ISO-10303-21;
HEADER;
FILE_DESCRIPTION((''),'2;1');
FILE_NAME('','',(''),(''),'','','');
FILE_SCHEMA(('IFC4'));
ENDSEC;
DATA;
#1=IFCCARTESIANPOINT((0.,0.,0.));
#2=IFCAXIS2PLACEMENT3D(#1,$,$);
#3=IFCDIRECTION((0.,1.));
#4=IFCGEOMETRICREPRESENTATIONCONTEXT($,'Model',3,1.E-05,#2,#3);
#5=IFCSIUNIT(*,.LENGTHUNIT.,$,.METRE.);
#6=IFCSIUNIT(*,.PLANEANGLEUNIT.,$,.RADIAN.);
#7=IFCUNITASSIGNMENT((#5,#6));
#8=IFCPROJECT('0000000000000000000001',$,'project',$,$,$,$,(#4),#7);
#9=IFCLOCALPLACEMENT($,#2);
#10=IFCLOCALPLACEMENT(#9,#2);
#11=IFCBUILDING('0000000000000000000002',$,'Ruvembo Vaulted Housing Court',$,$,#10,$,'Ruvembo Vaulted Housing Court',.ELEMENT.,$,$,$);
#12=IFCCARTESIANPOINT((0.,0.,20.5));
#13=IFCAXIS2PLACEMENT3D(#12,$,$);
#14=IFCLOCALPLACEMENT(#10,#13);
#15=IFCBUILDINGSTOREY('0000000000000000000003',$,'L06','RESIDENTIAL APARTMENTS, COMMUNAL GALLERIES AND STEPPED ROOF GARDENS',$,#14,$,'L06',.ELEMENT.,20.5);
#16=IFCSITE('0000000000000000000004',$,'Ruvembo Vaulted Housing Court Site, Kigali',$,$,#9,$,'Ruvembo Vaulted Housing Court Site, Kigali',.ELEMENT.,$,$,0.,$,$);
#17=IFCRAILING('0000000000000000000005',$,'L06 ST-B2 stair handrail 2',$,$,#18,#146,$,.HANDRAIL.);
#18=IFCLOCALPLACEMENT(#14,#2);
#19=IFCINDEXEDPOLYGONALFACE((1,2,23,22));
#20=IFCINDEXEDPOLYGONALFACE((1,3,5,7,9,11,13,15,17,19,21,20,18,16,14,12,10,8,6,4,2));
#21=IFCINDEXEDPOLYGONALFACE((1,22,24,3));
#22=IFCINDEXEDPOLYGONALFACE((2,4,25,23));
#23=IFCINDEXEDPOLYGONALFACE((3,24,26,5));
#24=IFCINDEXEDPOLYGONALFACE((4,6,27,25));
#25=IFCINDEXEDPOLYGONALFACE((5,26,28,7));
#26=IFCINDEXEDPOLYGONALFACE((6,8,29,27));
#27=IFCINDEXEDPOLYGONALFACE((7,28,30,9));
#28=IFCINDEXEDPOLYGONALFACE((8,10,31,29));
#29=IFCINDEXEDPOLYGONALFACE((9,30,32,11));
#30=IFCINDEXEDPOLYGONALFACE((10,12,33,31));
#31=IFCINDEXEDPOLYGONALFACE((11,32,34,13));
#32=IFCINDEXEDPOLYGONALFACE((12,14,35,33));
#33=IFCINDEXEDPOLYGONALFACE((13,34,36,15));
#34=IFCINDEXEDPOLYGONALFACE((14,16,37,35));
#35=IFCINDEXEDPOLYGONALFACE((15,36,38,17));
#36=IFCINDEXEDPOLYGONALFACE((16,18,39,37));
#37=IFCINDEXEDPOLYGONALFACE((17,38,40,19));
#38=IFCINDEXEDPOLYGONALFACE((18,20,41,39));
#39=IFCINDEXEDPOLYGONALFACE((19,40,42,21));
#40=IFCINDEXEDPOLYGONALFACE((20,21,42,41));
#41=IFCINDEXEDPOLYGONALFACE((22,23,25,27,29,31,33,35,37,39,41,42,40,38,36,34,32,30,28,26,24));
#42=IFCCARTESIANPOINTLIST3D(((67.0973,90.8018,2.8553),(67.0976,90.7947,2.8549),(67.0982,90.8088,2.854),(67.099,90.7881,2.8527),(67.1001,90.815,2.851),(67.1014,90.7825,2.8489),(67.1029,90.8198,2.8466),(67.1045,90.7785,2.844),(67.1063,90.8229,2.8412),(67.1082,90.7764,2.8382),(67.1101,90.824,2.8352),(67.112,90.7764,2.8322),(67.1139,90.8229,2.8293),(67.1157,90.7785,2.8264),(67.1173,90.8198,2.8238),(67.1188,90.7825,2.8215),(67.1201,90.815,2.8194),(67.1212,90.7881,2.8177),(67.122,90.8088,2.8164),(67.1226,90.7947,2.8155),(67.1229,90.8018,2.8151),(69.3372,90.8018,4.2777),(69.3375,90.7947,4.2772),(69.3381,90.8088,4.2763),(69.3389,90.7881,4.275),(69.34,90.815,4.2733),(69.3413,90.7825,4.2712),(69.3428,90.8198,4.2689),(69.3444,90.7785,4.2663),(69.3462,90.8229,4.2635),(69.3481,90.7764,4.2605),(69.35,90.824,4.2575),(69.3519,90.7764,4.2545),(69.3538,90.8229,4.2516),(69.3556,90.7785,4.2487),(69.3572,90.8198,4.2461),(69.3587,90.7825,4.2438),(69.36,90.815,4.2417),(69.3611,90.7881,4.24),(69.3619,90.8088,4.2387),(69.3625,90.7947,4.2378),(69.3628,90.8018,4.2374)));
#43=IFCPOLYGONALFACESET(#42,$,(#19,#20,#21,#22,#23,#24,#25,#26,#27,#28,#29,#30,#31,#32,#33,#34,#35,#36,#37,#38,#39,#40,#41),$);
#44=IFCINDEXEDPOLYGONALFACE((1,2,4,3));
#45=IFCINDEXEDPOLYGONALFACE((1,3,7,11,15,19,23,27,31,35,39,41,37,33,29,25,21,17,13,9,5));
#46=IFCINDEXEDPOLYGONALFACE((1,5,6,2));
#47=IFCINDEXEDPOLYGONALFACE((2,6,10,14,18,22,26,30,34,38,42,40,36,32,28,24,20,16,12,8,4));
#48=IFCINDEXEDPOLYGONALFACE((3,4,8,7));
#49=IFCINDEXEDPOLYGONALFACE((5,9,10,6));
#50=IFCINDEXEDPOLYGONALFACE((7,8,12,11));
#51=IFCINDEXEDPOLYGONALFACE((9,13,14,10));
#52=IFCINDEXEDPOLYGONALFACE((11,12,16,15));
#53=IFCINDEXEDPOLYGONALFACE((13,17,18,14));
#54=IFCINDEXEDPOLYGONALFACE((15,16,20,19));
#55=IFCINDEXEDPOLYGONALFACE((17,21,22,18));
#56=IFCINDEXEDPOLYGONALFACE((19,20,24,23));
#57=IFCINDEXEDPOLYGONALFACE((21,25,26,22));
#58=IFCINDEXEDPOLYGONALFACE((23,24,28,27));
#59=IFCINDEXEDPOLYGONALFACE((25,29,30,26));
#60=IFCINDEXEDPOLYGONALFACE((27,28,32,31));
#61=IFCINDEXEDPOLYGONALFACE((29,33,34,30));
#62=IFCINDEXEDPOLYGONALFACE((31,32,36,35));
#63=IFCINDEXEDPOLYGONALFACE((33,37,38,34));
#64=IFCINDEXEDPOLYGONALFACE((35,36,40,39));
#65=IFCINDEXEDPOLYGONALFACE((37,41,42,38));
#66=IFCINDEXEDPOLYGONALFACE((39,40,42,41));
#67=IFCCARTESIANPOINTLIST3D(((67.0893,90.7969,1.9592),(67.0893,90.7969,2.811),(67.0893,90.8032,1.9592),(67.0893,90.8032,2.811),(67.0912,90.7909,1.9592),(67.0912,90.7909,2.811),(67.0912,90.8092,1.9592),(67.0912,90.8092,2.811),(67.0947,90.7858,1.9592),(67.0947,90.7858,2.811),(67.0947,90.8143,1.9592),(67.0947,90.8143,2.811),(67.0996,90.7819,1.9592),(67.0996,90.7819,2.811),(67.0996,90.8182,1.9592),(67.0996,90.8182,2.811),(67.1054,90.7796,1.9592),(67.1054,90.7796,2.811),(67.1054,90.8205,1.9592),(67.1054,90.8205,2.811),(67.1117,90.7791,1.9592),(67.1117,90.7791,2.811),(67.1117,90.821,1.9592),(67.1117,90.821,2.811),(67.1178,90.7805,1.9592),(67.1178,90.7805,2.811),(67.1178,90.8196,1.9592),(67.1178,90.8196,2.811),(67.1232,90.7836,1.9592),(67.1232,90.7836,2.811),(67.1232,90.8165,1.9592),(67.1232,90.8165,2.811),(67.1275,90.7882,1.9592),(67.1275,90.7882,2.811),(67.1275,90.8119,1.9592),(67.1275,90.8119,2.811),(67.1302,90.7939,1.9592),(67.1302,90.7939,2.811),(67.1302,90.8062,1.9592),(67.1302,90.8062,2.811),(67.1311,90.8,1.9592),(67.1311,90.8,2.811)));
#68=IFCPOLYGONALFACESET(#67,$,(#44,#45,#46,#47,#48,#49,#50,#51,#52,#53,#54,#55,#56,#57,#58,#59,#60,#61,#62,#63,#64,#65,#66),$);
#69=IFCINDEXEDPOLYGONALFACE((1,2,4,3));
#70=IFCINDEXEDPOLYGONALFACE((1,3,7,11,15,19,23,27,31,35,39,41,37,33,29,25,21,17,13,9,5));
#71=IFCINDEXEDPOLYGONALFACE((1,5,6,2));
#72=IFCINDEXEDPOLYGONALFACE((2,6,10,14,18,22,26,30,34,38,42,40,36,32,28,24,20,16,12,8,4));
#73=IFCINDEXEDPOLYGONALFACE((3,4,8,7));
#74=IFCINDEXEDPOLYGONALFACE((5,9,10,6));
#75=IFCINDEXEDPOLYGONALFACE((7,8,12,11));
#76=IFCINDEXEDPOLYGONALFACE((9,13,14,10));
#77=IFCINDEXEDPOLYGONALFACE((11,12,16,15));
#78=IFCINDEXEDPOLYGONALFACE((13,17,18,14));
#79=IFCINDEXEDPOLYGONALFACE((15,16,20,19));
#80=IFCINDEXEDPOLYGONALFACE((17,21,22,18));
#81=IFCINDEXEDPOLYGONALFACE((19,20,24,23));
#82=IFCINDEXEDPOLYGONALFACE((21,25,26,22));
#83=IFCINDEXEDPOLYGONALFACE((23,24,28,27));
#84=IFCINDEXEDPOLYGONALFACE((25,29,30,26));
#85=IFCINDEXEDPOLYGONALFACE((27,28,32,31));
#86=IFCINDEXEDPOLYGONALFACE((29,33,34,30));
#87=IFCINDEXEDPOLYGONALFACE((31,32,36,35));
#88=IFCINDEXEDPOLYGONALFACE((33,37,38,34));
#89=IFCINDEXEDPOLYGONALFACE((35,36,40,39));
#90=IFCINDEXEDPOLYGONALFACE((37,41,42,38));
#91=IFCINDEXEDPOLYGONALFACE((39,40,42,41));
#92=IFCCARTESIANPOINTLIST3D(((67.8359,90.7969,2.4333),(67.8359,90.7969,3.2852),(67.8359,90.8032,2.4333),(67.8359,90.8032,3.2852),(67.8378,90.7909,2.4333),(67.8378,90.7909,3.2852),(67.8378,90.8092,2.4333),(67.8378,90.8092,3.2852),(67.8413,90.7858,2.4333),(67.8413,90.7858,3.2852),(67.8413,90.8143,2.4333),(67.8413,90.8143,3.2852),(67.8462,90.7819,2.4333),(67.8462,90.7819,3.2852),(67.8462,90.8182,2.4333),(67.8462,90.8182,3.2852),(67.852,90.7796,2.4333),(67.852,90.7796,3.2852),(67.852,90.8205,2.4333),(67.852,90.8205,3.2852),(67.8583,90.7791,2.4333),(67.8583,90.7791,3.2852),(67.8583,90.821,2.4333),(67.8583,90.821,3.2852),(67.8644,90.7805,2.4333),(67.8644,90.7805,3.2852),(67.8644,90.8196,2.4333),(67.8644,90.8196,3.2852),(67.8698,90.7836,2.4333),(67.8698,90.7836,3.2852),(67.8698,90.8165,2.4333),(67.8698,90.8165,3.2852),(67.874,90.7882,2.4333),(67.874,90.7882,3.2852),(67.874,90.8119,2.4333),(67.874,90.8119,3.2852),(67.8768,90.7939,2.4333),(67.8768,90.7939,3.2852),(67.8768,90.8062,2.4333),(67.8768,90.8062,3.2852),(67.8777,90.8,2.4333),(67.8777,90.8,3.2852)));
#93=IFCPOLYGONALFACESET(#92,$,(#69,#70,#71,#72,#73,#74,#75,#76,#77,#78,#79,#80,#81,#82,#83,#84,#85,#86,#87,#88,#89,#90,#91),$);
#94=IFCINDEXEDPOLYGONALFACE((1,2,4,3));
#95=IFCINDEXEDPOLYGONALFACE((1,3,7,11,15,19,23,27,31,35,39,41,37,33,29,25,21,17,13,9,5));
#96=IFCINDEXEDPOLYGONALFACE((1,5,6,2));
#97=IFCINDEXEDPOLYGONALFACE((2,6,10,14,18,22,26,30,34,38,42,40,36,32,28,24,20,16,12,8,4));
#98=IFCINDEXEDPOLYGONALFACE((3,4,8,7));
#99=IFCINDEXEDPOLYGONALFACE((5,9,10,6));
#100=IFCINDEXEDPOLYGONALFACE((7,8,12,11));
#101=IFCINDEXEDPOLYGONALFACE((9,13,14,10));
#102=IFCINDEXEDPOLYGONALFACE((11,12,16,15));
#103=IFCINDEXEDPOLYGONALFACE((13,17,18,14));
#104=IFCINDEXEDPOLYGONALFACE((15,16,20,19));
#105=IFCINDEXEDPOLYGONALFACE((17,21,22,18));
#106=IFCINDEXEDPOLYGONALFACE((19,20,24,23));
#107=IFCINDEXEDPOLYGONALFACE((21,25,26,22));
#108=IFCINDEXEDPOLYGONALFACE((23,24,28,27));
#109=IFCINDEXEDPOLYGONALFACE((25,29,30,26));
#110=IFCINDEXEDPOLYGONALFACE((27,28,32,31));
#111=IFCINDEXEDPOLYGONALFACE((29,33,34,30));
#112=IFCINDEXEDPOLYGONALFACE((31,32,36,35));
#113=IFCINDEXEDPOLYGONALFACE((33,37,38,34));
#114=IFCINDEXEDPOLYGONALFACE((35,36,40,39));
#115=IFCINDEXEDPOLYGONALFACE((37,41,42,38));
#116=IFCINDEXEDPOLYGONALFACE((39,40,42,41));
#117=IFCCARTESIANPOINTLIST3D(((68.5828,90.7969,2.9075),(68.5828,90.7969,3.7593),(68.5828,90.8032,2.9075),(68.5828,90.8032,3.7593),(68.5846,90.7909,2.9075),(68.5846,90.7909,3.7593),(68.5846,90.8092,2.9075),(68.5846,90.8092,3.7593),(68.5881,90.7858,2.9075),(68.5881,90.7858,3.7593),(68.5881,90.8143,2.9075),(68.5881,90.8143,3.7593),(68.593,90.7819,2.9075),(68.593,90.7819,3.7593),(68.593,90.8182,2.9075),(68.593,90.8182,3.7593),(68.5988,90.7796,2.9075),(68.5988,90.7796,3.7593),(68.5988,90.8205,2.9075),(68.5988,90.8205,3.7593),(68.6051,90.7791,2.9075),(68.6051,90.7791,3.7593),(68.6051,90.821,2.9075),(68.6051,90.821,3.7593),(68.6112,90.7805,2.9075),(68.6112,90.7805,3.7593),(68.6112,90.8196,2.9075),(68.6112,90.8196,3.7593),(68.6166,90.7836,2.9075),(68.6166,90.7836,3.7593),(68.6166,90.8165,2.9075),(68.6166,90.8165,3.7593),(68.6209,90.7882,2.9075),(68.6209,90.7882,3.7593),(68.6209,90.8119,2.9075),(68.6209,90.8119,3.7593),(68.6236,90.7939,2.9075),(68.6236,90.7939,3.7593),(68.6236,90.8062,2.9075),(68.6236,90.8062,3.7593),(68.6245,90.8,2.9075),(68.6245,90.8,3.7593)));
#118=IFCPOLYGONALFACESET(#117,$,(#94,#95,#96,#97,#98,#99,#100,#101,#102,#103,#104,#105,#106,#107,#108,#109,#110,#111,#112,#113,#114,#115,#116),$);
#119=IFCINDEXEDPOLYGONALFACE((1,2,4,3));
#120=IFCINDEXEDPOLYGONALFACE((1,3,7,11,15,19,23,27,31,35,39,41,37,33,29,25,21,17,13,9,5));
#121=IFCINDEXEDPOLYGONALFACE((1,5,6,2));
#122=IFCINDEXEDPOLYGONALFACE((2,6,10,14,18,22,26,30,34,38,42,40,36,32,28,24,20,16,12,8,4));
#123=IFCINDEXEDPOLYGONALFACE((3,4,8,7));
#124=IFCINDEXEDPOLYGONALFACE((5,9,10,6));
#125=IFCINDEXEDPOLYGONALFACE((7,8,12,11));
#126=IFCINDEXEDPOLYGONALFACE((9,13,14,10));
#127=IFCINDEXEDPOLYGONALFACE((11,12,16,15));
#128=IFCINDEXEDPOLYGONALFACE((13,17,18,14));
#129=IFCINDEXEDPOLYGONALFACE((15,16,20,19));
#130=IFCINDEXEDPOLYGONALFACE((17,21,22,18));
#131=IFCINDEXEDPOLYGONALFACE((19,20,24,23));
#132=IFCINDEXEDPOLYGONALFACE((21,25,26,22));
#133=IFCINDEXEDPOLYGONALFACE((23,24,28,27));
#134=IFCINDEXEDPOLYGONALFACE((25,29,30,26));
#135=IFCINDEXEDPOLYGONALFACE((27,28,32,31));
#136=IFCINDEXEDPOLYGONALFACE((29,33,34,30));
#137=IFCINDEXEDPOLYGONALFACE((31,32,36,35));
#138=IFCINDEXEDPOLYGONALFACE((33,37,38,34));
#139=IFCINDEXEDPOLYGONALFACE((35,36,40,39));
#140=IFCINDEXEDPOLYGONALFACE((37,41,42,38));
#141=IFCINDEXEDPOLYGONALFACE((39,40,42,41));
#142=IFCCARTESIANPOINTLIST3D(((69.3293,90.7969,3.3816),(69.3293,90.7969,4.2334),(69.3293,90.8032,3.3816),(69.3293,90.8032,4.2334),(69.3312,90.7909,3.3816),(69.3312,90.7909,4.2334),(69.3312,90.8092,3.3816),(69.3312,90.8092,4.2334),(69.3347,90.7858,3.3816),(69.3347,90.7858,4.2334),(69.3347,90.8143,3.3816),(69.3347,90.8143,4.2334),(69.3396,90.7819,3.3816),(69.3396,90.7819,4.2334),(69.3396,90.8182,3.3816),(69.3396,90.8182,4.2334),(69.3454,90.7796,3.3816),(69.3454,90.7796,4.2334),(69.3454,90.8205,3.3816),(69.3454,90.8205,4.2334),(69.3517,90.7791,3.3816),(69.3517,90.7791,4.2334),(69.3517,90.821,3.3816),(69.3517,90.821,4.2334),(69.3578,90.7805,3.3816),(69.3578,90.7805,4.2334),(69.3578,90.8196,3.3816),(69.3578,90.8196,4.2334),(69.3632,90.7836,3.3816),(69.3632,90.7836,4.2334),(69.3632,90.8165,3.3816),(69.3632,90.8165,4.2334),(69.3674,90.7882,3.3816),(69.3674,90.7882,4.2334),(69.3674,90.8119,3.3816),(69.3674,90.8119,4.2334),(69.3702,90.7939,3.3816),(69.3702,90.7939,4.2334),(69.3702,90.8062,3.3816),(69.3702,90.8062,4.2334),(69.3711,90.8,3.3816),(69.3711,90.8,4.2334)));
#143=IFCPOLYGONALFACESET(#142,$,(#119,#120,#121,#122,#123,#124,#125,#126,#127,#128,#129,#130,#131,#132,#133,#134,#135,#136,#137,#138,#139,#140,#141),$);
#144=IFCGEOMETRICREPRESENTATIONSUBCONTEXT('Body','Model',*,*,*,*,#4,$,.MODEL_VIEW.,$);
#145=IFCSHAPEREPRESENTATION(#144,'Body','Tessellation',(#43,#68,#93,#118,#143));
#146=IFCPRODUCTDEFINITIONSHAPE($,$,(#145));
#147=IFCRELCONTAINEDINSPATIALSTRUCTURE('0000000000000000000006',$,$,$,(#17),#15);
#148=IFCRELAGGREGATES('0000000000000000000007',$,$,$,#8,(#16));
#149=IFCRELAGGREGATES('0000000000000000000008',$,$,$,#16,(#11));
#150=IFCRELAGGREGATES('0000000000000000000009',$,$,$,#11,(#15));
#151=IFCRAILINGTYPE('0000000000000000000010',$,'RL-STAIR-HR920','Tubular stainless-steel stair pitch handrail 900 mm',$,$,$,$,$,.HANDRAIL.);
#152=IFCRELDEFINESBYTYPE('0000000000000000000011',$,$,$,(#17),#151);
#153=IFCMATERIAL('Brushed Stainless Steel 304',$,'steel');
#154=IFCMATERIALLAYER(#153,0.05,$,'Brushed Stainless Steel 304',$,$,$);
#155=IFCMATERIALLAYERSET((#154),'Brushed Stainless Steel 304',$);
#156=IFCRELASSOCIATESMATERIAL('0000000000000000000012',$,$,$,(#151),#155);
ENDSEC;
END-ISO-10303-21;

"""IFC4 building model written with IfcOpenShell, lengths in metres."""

from ifc_helpers import new_model, si_unit, direction, frame, origin, origin_2d, place, context, subcontext, project, spatial, circle, extrude, material, layer, layer_set, type_object, element, save


model = new_model("IFC4")

# Units and contexts
model_context = context("Model", 3, precision=1e-05, world=origin(), true_north=direction((0.0, 1.0)))
body_context = subcontext(model_context, "Body", "Model", "MODEL_VIEW")
ifc_project = project(units=[si_unit("LENGTHUNIT", "METRE"), si_unit("PLANEANGLEUNIT", "RADIAN")], contexts=[model_context])

# Site, building, storey
site_placement = place(None, origin())
site = spatial("IfcSite", under=ifc_project, at=site_placement, Name="Ruvembo Vaulted Housing Court Site, Kigali", LongName="Ruvembo Vaulted Housing Court Site, Kigali", CompositionType="ELEMENT", RefElevation=0.0)
building_placement = place(site_placement, origin())
building = spatial("IfcBuilding", under=site, at=building_placement, Name="Ruvembo Vaulted Housing Court", LongName="Ruvembo Vaulted Housing Court", CompositionType="ELEMENT")
storey_placement = place(building_placement, frame((0.0, 0.0, 20.5)))
storey = spatial("IfcBuildingStorey", under=building, at=storey_placement, Name="L06", Description="RESIDENTIAL APARTMENTS, COMMUNAL GALLERIES AND STEPPED ROOF GARDENS", LongName="L06", CompositionType="ELEMENT", Elevation=20.5)

# Railing
ifc_material_1 = material(Name="Brushed Stainless Steel 304", Category="steel")
ifc_layer_1 = layer(ifc_material_1, 0.05, Name="Brushed Stainless Steel 304")
ifc_layer_set_1 = layer_set([ifc_layer_1], Name="Brushed Stainless Steel 304")
railing_type_1 = type_object("IfcRailingType", Name="RL-STAIR-HR920", Description="Tubular stainless-steel stair pitch handrail 900 mm", PredefinedType="HANDRAIL", material=ifc_layer_set_1)
railing_1_placement = place(storey_placement, frame((67.1101, 90.8, 1.9592)))
element("IfcRailing", 1, at=railing_1_placement, inside=storey, type_object=railing_type_1, Name="L06 ST-B2 stair handrail 2", PredefinedType="HANDRAIL", context=body_context, shape_type="SweptSolid", body=[
    extrude(circle(Radius=0.0239, at=origin_2d()), frame((0.0, 0.0, 0.876), z_axis=(0.844188, 0.0, 0.536048), x_axis=(0.0, 1.0, 0.0)), (0.0, 0.0, 1.0), 2.6533),
    extrude(circle(Radius=0.021, at=origin_2d()), origin(), (0.0, 0.0, 1.0), 0.8518),
    extrude(circle(Radius=0.021, at=origin_2d()), frame((0.7466, 0.0, 0.4741)), (0.0, 0.0, 1.0), 0.8518),
    extrude(circle(Radius=0.021, at=origin_2d()), frame((1.4934, 0.0, 0.9482)), (0.0, 0.0, 1.0), 0.8518),
    extrude(circle(Radius=0.021, at=origin_2d()), frame((2.24, 0.0, 1.4224)), (0.0, 0.0, 1.0), 0.8518),
])

save(model, "model.ifc")
